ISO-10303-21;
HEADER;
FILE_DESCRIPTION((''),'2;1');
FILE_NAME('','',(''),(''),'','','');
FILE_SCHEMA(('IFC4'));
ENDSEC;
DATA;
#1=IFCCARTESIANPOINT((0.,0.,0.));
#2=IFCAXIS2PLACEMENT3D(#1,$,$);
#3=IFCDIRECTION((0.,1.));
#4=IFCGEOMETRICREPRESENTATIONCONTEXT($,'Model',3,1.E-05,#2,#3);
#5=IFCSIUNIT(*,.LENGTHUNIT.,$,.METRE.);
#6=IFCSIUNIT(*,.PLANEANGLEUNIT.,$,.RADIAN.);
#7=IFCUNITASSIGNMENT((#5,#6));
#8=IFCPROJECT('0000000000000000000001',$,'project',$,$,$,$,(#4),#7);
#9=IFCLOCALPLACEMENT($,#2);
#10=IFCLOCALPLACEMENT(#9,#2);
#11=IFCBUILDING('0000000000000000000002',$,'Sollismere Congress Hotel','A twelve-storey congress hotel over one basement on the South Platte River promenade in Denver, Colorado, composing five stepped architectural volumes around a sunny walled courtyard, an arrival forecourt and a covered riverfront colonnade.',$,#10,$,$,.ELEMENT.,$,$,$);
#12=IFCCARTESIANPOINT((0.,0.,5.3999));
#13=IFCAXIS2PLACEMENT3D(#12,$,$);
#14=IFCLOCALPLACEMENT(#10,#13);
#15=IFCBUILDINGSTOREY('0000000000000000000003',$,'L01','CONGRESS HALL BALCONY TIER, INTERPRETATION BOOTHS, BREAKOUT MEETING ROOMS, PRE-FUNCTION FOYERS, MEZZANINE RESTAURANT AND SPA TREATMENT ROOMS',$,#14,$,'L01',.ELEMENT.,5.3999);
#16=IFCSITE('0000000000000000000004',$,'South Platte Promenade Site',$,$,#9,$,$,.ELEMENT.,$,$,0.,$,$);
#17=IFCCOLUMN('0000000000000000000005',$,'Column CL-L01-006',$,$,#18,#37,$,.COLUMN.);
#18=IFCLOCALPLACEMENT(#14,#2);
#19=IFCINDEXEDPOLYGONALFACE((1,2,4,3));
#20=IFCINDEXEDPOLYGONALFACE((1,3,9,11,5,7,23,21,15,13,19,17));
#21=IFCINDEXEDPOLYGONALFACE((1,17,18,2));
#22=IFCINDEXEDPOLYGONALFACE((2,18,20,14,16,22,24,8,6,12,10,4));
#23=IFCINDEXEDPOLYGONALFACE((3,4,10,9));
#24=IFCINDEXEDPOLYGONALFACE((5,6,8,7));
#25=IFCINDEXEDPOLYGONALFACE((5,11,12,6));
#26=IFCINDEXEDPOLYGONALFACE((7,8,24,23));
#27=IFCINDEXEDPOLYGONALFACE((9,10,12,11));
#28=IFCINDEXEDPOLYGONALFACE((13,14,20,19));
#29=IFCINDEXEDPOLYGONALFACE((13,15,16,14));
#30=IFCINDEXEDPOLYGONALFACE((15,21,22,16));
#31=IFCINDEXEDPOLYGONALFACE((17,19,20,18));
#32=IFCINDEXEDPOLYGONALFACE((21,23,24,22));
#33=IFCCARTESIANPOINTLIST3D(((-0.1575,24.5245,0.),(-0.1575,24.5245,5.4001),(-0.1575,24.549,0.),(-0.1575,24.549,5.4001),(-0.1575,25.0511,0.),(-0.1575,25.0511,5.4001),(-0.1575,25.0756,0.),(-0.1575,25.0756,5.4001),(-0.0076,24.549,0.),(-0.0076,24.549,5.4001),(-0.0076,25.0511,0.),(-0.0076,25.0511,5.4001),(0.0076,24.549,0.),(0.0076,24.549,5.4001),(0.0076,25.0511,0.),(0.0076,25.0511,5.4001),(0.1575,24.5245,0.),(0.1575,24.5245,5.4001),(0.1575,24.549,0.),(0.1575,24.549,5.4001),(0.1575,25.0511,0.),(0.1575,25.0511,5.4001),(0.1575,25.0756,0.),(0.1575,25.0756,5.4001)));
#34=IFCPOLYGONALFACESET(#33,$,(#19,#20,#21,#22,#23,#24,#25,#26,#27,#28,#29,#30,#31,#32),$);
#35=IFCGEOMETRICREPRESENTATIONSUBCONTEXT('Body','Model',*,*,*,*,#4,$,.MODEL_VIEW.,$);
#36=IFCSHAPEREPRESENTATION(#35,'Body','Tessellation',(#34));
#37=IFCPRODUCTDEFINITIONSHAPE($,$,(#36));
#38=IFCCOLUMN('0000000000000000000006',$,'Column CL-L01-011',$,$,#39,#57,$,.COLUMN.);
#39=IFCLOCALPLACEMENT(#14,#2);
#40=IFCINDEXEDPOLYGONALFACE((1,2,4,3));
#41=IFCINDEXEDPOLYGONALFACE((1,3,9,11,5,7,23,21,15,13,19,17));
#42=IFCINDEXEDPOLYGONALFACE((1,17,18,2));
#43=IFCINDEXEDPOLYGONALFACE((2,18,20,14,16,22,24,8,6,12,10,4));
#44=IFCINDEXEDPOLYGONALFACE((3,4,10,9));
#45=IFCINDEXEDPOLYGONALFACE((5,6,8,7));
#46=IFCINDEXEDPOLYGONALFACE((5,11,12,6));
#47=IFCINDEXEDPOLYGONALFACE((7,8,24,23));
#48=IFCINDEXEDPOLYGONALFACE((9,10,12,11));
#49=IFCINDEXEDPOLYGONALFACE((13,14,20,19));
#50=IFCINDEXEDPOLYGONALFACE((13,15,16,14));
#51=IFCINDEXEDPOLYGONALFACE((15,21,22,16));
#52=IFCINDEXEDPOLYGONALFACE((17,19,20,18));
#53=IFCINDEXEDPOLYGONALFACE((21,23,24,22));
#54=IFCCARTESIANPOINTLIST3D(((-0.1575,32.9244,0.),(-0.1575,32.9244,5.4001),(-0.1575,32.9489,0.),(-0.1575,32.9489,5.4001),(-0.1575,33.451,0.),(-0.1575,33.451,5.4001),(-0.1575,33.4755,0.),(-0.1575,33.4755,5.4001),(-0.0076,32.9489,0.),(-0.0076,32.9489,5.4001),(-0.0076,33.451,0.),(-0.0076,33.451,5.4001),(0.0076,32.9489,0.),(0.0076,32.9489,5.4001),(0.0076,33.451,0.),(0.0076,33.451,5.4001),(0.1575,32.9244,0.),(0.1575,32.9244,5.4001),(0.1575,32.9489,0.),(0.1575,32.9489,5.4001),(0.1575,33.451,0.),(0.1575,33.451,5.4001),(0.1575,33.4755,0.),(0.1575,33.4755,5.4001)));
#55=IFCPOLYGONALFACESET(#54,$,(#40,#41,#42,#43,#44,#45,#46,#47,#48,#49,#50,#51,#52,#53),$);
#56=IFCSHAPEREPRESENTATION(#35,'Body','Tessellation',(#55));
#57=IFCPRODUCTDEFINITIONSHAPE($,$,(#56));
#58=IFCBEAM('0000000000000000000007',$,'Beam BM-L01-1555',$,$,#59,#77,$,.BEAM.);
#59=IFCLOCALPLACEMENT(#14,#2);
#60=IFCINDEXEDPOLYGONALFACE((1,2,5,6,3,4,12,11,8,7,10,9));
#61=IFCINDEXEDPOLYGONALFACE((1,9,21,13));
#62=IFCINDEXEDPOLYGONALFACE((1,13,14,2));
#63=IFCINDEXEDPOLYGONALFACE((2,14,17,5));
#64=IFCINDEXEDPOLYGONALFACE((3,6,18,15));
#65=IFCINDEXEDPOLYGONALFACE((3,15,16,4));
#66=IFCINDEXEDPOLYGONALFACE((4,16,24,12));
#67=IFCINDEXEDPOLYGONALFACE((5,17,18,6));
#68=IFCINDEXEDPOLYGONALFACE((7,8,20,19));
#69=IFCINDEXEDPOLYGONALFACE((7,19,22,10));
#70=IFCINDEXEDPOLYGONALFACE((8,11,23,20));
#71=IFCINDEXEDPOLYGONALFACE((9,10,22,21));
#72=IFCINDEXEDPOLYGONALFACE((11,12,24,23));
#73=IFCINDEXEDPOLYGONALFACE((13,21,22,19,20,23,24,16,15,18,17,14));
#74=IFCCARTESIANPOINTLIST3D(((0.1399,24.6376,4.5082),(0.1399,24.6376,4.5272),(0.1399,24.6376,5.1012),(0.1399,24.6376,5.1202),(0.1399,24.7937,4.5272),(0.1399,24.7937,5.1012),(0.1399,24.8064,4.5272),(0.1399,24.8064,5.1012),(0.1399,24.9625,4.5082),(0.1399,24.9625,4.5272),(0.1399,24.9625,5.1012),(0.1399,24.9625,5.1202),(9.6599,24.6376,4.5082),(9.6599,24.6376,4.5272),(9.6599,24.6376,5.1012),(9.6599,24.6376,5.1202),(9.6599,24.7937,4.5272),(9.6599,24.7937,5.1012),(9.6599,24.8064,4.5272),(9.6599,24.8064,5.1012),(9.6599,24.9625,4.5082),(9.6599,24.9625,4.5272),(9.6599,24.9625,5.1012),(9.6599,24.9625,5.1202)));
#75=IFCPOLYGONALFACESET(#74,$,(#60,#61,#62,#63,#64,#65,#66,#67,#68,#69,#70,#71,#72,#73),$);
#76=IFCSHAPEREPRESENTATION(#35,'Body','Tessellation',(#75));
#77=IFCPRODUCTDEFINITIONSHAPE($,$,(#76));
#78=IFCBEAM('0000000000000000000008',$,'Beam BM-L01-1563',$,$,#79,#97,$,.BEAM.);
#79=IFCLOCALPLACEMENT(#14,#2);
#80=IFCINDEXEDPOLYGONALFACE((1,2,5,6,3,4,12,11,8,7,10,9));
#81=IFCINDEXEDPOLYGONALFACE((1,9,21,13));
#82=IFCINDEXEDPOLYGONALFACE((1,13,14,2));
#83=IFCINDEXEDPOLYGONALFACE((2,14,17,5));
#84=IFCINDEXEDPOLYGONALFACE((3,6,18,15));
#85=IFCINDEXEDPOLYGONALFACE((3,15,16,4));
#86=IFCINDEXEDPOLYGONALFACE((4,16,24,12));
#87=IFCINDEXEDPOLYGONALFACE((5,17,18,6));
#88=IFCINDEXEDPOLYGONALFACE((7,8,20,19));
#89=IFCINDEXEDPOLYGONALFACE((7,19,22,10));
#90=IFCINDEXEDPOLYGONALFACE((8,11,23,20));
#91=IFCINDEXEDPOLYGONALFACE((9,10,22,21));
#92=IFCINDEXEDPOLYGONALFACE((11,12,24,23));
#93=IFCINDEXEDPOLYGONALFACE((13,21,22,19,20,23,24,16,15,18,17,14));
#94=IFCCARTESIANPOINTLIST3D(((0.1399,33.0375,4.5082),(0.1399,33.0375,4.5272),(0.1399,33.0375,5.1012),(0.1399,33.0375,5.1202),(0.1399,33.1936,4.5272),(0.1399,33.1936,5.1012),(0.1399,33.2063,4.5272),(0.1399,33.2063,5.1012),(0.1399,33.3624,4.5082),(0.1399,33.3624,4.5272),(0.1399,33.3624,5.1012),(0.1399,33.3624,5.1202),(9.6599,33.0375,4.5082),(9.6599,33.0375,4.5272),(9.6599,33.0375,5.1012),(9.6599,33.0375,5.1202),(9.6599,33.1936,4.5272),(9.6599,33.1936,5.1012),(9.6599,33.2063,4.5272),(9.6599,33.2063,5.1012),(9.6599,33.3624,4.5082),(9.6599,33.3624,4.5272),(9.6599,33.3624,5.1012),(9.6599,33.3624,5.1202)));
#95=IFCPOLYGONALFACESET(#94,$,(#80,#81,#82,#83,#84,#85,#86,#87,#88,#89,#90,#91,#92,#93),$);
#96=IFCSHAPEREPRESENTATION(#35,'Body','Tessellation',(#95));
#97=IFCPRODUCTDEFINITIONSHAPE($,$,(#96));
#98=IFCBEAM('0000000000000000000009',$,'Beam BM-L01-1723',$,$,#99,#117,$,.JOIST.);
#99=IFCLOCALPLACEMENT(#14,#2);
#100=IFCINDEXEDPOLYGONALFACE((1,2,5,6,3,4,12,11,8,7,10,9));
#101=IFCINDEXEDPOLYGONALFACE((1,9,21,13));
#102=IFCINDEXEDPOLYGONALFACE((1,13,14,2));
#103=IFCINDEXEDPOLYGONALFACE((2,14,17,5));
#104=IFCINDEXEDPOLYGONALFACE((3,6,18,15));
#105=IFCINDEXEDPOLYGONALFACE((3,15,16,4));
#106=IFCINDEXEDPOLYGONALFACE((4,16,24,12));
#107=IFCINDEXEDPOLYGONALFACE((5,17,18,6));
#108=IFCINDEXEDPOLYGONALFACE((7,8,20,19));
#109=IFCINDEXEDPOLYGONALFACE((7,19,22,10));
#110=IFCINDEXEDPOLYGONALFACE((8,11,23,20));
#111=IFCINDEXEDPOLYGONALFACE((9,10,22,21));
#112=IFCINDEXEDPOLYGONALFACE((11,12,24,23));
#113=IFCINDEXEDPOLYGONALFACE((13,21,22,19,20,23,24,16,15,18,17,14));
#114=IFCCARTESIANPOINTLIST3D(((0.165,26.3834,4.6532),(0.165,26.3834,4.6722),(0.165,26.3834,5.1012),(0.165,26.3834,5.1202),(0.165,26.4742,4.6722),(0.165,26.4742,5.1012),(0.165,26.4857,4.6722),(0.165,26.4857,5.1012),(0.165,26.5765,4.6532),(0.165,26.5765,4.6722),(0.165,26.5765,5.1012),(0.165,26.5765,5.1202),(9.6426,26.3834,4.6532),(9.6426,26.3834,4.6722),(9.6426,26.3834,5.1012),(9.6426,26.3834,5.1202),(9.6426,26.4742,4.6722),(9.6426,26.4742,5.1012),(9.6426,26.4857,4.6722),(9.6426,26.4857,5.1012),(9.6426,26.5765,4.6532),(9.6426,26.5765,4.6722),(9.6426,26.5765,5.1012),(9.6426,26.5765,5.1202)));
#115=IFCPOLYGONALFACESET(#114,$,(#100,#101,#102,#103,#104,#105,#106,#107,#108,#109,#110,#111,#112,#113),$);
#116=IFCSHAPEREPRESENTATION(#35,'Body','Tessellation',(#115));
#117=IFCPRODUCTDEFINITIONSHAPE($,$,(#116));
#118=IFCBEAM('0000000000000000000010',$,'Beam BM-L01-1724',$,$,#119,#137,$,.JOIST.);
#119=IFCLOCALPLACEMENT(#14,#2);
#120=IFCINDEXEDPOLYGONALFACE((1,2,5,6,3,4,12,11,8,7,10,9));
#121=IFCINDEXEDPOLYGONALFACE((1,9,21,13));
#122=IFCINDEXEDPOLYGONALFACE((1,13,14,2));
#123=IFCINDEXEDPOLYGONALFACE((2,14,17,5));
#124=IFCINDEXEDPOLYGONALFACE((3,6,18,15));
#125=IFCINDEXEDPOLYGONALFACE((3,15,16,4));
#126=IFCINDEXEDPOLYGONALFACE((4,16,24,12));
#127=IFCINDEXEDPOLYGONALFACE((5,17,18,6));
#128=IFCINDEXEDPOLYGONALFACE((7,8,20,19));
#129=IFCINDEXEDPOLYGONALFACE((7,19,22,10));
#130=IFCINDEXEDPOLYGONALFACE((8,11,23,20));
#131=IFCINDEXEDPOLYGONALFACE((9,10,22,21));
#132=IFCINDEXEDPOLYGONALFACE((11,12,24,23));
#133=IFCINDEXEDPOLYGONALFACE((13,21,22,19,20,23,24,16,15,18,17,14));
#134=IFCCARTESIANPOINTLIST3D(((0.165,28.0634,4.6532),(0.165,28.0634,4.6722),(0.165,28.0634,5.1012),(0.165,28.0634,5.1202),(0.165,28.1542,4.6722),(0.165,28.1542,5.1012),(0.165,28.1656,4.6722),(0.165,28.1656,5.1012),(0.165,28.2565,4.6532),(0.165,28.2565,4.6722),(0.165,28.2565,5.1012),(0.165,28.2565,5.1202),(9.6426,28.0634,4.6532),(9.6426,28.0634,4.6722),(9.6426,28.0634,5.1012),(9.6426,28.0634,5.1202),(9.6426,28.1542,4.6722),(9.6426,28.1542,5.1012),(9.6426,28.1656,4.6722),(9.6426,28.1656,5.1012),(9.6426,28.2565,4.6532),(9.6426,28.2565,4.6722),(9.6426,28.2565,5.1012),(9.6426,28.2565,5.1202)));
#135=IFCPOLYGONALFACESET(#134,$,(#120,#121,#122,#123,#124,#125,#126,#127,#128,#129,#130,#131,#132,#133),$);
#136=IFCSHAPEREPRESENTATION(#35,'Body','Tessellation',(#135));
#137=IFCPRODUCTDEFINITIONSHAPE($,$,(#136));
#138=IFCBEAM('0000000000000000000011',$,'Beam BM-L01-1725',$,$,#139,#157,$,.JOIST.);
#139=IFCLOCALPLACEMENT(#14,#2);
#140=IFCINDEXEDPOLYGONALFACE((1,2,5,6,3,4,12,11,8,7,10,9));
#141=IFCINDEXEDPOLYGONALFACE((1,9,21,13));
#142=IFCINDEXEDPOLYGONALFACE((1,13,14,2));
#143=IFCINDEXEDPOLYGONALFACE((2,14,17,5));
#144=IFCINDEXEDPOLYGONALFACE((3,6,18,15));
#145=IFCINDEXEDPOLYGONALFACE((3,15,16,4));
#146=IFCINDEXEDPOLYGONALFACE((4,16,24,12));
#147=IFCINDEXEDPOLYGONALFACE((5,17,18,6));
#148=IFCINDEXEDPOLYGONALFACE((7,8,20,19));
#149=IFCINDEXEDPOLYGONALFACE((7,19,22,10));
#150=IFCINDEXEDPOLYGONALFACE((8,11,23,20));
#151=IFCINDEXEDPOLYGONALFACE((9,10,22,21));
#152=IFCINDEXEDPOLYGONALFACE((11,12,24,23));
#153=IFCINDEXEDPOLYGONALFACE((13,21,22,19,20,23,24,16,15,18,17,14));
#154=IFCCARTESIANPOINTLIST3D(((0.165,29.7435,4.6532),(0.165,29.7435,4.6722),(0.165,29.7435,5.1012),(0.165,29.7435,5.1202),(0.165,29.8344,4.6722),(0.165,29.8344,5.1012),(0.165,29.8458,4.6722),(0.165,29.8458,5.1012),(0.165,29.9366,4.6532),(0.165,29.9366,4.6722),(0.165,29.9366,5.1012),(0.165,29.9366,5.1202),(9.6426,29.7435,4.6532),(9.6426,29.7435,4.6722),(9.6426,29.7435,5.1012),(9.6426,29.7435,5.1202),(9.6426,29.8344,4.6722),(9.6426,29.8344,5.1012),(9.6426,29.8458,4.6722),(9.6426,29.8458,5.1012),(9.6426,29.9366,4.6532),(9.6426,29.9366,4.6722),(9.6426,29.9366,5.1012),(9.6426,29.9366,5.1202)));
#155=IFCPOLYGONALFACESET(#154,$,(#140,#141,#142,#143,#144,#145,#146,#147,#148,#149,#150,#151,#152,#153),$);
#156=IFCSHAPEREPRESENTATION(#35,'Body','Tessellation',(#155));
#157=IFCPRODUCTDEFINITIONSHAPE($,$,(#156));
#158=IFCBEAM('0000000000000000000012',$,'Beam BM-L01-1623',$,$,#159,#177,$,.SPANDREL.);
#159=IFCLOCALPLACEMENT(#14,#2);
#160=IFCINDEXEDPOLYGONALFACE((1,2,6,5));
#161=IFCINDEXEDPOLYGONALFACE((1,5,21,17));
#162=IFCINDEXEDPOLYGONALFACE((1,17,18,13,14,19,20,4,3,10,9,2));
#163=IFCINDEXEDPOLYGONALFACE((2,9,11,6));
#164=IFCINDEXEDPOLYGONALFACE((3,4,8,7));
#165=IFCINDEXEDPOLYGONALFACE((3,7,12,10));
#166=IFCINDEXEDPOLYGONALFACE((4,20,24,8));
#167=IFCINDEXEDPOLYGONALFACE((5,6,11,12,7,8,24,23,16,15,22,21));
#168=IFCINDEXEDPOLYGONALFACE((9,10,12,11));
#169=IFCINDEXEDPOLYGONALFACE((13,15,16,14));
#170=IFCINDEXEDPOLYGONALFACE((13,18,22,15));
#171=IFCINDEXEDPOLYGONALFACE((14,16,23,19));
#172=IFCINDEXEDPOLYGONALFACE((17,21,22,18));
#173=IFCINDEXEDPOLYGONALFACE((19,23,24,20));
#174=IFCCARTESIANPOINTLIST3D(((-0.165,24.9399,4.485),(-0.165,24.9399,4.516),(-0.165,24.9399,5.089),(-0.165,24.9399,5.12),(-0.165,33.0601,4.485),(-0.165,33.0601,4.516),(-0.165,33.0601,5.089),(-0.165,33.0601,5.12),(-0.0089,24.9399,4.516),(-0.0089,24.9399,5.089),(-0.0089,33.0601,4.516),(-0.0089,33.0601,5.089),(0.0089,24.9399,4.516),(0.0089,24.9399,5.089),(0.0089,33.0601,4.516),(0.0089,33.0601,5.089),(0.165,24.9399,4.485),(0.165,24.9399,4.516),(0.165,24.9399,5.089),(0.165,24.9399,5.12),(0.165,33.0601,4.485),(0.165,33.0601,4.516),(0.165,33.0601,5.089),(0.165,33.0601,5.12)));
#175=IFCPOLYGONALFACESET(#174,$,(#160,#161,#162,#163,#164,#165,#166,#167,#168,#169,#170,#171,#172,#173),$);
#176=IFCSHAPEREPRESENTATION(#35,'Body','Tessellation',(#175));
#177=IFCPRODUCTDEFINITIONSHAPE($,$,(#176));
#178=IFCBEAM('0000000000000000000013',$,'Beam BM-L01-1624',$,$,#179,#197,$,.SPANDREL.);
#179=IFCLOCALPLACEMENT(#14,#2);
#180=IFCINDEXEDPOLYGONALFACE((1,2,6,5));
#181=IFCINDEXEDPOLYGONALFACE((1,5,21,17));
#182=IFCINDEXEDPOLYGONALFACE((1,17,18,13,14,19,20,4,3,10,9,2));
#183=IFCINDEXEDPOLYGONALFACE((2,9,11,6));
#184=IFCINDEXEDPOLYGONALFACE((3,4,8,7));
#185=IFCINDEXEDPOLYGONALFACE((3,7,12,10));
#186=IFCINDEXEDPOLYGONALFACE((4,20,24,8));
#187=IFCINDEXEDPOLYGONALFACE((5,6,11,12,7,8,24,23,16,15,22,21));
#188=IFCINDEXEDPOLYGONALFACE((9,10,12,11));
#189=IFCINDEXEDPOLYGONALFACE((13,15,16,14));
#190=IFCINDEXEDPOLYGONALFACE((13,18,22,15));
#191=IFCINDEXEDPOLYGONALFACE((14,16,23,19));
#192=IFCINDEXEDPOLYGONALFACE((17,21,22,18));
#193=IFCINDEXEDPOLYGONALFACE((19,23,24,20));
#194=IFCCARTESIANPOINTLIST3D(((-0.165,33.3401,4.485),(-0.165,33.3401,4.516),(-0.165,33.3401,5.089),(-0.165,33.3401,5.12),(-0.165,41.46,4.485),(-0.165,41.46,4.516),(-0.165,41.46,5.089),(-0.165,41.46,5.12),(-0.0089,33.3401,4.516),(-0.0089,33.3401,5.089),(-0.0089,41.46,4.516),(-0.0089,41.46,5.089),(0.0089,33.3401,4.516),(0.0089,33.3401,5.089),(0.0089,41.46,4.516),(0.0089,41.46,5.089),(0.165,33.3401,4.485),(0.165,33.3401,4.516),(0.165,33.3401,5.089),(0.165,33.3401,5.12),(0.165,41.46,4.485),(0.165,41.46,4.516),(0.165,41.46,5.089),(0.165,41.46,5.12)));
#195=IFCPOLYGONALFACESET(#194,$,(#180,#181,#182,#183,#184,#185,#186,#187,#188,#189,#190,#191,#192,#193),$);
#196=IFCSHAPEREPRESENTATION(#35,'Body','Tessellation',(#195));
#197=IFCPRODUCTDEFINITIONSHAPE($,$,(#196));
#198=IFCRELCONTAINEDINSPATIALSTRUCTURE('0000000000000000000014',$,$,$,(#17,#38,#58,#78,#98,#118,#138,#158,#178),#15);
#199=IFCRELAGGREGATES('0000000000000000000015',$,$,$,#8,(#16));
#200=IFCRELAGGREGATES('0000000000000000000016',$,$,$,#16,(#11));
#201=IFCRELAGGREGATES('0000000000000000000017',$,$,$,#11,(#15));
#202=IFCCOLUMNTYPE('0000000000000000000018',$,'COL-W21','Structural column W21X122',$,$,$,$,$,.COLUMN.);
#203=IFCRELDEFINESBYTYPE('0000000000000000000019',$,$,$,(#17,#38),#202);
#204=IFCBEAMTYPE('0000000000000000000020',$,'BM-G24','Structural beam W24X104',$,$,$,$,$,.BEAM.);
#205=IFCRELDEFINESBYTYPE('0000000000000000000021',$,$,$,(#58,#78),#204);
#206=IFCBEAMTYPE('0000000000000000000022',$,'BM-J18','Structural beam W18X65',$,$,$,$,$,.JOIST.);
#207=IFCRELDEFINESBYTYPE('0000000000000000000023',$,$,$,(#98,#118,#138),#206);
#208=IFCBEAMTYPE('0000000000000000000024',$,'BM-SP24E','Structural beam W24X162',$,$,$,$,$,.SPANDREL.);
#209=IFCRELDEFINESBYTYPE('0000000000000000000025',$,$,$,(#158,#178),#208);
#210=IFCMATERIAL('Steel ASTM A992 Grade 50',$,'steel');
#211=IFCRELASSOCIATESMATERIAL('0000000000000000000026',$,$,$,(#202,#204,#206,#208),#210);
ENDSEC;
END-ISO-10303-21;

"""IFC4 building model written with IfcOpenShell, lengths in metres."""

from ifc_helpers import new_model, si_unit, direction, frame, origin, origin_2d, place, context, subcontext, project, spatial, i_section, extrude, material, material_profile, profile_set, type_object, element, save


model = new_model("IFC4")

# Units and contexts
model_context = context("Model", 3, precision=1e-05, world=origin(), true_north=direction((0.0, 1.0)))
body_context = subcontext(model_context, "Body", "Model", "MODEL_VIEW")
ifc_project = project(units=[si_unit("LENGTHUNIT", "METRE"), si_unit("PLANEANGLEUNIT", "RADIAN")], contexts=[model_context])

# Site, building, storey
site_placement = place(None, origin())
site = spatial("IfcSite", under=ifc_project, at=site_placement, Name="South Platte Promenade Site", CompositionType="ELEMENT", RefElevation=0.0)
building_placement = place(site_placement, origin())
building = spatial("IfcBuilding", under=site, at=building_placement, Name="Sollismere Congress Hotel", Description="A twelve-storey congress hotel over one basement on the South Platte River promenade in Denver, Colorado, composing five stepped architectural volumes around a sunny walled courtyard, an arrival forecourt and a covered riverfront colonnade.", CompositionType="ELEMENT")
storey_placement = place(building_placement, frame((0.0, 0.0, 5.3999)))
storey = spatial("IfcBuildingStorey", under=building, at=storey_placement, Name="L01", Description="CONGRESS HALL BALCONY TIER, INTERPRETATION BOOTHS, BREAKOUT MEETING ROOMS, PRE-FUNCTION FOYERS, MEZZANINE RESTAURANT AND SPA TREATMENT ROOMS", LongName="L01", CompositionType="ELEMENT", Elevation=5.3999)

# Columns
ifc_material_1 = material(Name="Steel ASTM A992 Grade 50", Category="steel")
ifc_material_profile_1 = material_profile(ifc_material_1, i_section(OverallWidth=0.3149, OverallDepth=0.551, WebThickness=0.0151, FlangeThickness=0.0244, at=origin_2d()), Name="W21X122")
ifc_profile_set_1 = profile_set([ifc_material_profile_1], Name="Steel ASTM A992 Grade 50")
column_type = type_object("IfcColumnType", Name="COL-W21", Description="Structural column W21X122", PredefinedType="COLUMN", material=ifc_profile_set_1)
for number, where, z_axis, x_axis, name in (
    (1, (0.0, 24.8, 0.0), (0.0, 0.0, 1.0), (1.0, 0.0, 0.0), "Column CL-L01-006"),
    (2, (0.0, 33.2, 0.0), (0.0, 0.0, 1.0), (1.0, 0.0, 0.0), "Column CL-L01-011"),
):
    element("IfcColumn", number, at=place(storey_placement, frame(where, z_axis=z_axis, x_axis=x_axis)), inside=storey, type_object=column_type, Name=name, PredefinedType="COLUMN", context=body_context, shape_type="SweptSolid", body=[
        extrude(i_section(OverallWidth=0.3149, OverallDepth=0.551, WebThickness=0.0151, FlangeThickness=0.0244, at=origin_2d()), origin(), (0.0, 0.0, 1.0), 5.4001),
    ])

# Beams
ifc_material_profile_2 = material_profile(ifc_material_1, i_section(OverallWidth=0.325, OverallDepth=0.6121, WebThickness=0.0127, FlangeThickness=0.019, at=origin_2d()), Name="W24X104")
ifc_profile_set_2 = profile_set([ifc_material_profile_2], Name="Steel ASTM A992 Grade 50")
beam_type_1 = type_object("IfcBeamType", Name="BM-G24", Description="Structural beam W24X104", PredefinedType="BEAM", material=ifc_profile_set_2)
for number, where, z_axis, x_axis, name in (
    (3, (0.1399, 24.8, 4.8142), (1.0, 0.0, 0.0), (0.0, 1.0, 0.0), "Beam BM-L01-1555"),
    (4, (0.1399, 33.2, 4.8142), (1.0, 0.0, 0.0), (0.0, 1.0, 0.0), "Beam BM-L01-1563"),
):
    element("IfcBeam", number, at=place(storey_placement, frame(where, z_axis=z_axis, x_axis=x_axis)), inside=storey, type_object=beam_type_1, Name=name, PredefinedType="BEAM", context=body_context, shape_type="SweptSolid", body=[
        extrude(i_section(OverallWidth=0.325, OverallDepth=0.6121, WebThickness=0.0127, FlangeThickness=0.019, at=origin_2d()), origin(), (0.0, 0.0, 1.0), 9.52),
    ])
ifc_material_profile_3 = material_profile(ifc_material_1, i_section(OverallWidth=0.1931, OverallDepth=0.467, WebThickness=0.0115, FlangeThickness=0.019, at=origin_2d()), Name="W18X65")
ifc_profile_set_3 = profile_set([ifc_material_profile_3], Name="Steel ASTM A992 Grade 50")
beam_type_2 = type_object("IfcBeamType", Name="BM-J18", Description="Structural beam W18X65", PredefinedType="JOIST", material=ifc_profile_set_3)
for number, where, z_axis, x_axis, name in (
    (5, (0.165, 26.48, 4.8867), (1.0, 0.0, 0.0), (0.0, 1.0, 0.0), "Beam BM-L01-1723"),
    (6, (0.165, 28.1599, 4.8867), (1.0, 0.0, 0.0), (0.0, 1.0, 0.0), "Beam BM-L01-1724"),
    (7, (0.165, 29.8401, 4.8867), (1.0, 0.0, 0.0), (0.0, 1.0, 0.0), "Beam BM-L01-1725"),
):
    element("IfcBeam", number, at=place(storey_placement, frame(where, z_axis=z_axis, x_axis=x_axis)), inside=storey, type_object=beam_type_2, Name=name, PredefinedType="JOIST", context=body_context, shape_type="SweptSolid", body=[
        extrude(i_section(OverallWidth=0.1931, OverallDepth=0.467, WebThickness=0.0115, FlangeThickness=0.019, at=origin_2d()), origin(), (0.0, 0.0, 1.0), 9.4775),
    ])
ifc_material_profile_4 = material_profile(ifc_material_1, i_section(OverallWidth=0.3301, OverallDepth=0.635, WebThickness=0.0178, FlangeThickness=0.031, at=origin_2d()), Name="W24X162")
ifc_profile_set_4 = profile_set([ifc_material_profile_4], Name="Steel ASTM A992 Grade 50")
beam_type_3 = type_object("IfcBeamType", Name="BM-SP24E", Description="Structural beam W24X162", PredefinedType="SPANDREL", material=ifc_profile_set_4)
beam_1_placement = place(storey_placement, frame((0.0, 24.9399, 4.8025), z_axis=(0.0, 1.0, 0.0), x_axis=(-1.0, 0.0, 0.0)))
element("IfcBeam", 8, at=beam_1_placement, inside=storey, type_object=beam_type_3, Name="Beam BM-L01-1623", PredefinedType="SPANDREL", context=body_context, shape_type="SweptSolid", body=[
    extrude(i_section(OverallWidth=0.3301, OverallDepth=0.635, WebThickness=0.0178, FlangeThickness=0.031, at=origin_2d()), origin(), (0.0, 0.0, 1.0), 8.1201),
])
beam_2_placement = place(storey_placement, frame((0.0, 33.3401, 4.8025), z_axis=(0.0, 1.0, 0.0), x_axis=(-1.0, 0.0, 0.0)))
element("IfcBeam", 9, at=beam_2_placement, inside=storey, type_object=beam_type_3, Name="Beam BM-L01-1624", PredefinedType="SPANDREL", context=body_context, shape_type="SweptSolid", body=[
    extrude(i_section(OverallWidth=0.3301, OverallDepth=0.635, WebThickness=0.0178, FlangeThickness=0.031, at=origin_2d()), origin(), (0.0, 0.0, 1.0), 8.1199),
])

save(model, "model.ifc")
